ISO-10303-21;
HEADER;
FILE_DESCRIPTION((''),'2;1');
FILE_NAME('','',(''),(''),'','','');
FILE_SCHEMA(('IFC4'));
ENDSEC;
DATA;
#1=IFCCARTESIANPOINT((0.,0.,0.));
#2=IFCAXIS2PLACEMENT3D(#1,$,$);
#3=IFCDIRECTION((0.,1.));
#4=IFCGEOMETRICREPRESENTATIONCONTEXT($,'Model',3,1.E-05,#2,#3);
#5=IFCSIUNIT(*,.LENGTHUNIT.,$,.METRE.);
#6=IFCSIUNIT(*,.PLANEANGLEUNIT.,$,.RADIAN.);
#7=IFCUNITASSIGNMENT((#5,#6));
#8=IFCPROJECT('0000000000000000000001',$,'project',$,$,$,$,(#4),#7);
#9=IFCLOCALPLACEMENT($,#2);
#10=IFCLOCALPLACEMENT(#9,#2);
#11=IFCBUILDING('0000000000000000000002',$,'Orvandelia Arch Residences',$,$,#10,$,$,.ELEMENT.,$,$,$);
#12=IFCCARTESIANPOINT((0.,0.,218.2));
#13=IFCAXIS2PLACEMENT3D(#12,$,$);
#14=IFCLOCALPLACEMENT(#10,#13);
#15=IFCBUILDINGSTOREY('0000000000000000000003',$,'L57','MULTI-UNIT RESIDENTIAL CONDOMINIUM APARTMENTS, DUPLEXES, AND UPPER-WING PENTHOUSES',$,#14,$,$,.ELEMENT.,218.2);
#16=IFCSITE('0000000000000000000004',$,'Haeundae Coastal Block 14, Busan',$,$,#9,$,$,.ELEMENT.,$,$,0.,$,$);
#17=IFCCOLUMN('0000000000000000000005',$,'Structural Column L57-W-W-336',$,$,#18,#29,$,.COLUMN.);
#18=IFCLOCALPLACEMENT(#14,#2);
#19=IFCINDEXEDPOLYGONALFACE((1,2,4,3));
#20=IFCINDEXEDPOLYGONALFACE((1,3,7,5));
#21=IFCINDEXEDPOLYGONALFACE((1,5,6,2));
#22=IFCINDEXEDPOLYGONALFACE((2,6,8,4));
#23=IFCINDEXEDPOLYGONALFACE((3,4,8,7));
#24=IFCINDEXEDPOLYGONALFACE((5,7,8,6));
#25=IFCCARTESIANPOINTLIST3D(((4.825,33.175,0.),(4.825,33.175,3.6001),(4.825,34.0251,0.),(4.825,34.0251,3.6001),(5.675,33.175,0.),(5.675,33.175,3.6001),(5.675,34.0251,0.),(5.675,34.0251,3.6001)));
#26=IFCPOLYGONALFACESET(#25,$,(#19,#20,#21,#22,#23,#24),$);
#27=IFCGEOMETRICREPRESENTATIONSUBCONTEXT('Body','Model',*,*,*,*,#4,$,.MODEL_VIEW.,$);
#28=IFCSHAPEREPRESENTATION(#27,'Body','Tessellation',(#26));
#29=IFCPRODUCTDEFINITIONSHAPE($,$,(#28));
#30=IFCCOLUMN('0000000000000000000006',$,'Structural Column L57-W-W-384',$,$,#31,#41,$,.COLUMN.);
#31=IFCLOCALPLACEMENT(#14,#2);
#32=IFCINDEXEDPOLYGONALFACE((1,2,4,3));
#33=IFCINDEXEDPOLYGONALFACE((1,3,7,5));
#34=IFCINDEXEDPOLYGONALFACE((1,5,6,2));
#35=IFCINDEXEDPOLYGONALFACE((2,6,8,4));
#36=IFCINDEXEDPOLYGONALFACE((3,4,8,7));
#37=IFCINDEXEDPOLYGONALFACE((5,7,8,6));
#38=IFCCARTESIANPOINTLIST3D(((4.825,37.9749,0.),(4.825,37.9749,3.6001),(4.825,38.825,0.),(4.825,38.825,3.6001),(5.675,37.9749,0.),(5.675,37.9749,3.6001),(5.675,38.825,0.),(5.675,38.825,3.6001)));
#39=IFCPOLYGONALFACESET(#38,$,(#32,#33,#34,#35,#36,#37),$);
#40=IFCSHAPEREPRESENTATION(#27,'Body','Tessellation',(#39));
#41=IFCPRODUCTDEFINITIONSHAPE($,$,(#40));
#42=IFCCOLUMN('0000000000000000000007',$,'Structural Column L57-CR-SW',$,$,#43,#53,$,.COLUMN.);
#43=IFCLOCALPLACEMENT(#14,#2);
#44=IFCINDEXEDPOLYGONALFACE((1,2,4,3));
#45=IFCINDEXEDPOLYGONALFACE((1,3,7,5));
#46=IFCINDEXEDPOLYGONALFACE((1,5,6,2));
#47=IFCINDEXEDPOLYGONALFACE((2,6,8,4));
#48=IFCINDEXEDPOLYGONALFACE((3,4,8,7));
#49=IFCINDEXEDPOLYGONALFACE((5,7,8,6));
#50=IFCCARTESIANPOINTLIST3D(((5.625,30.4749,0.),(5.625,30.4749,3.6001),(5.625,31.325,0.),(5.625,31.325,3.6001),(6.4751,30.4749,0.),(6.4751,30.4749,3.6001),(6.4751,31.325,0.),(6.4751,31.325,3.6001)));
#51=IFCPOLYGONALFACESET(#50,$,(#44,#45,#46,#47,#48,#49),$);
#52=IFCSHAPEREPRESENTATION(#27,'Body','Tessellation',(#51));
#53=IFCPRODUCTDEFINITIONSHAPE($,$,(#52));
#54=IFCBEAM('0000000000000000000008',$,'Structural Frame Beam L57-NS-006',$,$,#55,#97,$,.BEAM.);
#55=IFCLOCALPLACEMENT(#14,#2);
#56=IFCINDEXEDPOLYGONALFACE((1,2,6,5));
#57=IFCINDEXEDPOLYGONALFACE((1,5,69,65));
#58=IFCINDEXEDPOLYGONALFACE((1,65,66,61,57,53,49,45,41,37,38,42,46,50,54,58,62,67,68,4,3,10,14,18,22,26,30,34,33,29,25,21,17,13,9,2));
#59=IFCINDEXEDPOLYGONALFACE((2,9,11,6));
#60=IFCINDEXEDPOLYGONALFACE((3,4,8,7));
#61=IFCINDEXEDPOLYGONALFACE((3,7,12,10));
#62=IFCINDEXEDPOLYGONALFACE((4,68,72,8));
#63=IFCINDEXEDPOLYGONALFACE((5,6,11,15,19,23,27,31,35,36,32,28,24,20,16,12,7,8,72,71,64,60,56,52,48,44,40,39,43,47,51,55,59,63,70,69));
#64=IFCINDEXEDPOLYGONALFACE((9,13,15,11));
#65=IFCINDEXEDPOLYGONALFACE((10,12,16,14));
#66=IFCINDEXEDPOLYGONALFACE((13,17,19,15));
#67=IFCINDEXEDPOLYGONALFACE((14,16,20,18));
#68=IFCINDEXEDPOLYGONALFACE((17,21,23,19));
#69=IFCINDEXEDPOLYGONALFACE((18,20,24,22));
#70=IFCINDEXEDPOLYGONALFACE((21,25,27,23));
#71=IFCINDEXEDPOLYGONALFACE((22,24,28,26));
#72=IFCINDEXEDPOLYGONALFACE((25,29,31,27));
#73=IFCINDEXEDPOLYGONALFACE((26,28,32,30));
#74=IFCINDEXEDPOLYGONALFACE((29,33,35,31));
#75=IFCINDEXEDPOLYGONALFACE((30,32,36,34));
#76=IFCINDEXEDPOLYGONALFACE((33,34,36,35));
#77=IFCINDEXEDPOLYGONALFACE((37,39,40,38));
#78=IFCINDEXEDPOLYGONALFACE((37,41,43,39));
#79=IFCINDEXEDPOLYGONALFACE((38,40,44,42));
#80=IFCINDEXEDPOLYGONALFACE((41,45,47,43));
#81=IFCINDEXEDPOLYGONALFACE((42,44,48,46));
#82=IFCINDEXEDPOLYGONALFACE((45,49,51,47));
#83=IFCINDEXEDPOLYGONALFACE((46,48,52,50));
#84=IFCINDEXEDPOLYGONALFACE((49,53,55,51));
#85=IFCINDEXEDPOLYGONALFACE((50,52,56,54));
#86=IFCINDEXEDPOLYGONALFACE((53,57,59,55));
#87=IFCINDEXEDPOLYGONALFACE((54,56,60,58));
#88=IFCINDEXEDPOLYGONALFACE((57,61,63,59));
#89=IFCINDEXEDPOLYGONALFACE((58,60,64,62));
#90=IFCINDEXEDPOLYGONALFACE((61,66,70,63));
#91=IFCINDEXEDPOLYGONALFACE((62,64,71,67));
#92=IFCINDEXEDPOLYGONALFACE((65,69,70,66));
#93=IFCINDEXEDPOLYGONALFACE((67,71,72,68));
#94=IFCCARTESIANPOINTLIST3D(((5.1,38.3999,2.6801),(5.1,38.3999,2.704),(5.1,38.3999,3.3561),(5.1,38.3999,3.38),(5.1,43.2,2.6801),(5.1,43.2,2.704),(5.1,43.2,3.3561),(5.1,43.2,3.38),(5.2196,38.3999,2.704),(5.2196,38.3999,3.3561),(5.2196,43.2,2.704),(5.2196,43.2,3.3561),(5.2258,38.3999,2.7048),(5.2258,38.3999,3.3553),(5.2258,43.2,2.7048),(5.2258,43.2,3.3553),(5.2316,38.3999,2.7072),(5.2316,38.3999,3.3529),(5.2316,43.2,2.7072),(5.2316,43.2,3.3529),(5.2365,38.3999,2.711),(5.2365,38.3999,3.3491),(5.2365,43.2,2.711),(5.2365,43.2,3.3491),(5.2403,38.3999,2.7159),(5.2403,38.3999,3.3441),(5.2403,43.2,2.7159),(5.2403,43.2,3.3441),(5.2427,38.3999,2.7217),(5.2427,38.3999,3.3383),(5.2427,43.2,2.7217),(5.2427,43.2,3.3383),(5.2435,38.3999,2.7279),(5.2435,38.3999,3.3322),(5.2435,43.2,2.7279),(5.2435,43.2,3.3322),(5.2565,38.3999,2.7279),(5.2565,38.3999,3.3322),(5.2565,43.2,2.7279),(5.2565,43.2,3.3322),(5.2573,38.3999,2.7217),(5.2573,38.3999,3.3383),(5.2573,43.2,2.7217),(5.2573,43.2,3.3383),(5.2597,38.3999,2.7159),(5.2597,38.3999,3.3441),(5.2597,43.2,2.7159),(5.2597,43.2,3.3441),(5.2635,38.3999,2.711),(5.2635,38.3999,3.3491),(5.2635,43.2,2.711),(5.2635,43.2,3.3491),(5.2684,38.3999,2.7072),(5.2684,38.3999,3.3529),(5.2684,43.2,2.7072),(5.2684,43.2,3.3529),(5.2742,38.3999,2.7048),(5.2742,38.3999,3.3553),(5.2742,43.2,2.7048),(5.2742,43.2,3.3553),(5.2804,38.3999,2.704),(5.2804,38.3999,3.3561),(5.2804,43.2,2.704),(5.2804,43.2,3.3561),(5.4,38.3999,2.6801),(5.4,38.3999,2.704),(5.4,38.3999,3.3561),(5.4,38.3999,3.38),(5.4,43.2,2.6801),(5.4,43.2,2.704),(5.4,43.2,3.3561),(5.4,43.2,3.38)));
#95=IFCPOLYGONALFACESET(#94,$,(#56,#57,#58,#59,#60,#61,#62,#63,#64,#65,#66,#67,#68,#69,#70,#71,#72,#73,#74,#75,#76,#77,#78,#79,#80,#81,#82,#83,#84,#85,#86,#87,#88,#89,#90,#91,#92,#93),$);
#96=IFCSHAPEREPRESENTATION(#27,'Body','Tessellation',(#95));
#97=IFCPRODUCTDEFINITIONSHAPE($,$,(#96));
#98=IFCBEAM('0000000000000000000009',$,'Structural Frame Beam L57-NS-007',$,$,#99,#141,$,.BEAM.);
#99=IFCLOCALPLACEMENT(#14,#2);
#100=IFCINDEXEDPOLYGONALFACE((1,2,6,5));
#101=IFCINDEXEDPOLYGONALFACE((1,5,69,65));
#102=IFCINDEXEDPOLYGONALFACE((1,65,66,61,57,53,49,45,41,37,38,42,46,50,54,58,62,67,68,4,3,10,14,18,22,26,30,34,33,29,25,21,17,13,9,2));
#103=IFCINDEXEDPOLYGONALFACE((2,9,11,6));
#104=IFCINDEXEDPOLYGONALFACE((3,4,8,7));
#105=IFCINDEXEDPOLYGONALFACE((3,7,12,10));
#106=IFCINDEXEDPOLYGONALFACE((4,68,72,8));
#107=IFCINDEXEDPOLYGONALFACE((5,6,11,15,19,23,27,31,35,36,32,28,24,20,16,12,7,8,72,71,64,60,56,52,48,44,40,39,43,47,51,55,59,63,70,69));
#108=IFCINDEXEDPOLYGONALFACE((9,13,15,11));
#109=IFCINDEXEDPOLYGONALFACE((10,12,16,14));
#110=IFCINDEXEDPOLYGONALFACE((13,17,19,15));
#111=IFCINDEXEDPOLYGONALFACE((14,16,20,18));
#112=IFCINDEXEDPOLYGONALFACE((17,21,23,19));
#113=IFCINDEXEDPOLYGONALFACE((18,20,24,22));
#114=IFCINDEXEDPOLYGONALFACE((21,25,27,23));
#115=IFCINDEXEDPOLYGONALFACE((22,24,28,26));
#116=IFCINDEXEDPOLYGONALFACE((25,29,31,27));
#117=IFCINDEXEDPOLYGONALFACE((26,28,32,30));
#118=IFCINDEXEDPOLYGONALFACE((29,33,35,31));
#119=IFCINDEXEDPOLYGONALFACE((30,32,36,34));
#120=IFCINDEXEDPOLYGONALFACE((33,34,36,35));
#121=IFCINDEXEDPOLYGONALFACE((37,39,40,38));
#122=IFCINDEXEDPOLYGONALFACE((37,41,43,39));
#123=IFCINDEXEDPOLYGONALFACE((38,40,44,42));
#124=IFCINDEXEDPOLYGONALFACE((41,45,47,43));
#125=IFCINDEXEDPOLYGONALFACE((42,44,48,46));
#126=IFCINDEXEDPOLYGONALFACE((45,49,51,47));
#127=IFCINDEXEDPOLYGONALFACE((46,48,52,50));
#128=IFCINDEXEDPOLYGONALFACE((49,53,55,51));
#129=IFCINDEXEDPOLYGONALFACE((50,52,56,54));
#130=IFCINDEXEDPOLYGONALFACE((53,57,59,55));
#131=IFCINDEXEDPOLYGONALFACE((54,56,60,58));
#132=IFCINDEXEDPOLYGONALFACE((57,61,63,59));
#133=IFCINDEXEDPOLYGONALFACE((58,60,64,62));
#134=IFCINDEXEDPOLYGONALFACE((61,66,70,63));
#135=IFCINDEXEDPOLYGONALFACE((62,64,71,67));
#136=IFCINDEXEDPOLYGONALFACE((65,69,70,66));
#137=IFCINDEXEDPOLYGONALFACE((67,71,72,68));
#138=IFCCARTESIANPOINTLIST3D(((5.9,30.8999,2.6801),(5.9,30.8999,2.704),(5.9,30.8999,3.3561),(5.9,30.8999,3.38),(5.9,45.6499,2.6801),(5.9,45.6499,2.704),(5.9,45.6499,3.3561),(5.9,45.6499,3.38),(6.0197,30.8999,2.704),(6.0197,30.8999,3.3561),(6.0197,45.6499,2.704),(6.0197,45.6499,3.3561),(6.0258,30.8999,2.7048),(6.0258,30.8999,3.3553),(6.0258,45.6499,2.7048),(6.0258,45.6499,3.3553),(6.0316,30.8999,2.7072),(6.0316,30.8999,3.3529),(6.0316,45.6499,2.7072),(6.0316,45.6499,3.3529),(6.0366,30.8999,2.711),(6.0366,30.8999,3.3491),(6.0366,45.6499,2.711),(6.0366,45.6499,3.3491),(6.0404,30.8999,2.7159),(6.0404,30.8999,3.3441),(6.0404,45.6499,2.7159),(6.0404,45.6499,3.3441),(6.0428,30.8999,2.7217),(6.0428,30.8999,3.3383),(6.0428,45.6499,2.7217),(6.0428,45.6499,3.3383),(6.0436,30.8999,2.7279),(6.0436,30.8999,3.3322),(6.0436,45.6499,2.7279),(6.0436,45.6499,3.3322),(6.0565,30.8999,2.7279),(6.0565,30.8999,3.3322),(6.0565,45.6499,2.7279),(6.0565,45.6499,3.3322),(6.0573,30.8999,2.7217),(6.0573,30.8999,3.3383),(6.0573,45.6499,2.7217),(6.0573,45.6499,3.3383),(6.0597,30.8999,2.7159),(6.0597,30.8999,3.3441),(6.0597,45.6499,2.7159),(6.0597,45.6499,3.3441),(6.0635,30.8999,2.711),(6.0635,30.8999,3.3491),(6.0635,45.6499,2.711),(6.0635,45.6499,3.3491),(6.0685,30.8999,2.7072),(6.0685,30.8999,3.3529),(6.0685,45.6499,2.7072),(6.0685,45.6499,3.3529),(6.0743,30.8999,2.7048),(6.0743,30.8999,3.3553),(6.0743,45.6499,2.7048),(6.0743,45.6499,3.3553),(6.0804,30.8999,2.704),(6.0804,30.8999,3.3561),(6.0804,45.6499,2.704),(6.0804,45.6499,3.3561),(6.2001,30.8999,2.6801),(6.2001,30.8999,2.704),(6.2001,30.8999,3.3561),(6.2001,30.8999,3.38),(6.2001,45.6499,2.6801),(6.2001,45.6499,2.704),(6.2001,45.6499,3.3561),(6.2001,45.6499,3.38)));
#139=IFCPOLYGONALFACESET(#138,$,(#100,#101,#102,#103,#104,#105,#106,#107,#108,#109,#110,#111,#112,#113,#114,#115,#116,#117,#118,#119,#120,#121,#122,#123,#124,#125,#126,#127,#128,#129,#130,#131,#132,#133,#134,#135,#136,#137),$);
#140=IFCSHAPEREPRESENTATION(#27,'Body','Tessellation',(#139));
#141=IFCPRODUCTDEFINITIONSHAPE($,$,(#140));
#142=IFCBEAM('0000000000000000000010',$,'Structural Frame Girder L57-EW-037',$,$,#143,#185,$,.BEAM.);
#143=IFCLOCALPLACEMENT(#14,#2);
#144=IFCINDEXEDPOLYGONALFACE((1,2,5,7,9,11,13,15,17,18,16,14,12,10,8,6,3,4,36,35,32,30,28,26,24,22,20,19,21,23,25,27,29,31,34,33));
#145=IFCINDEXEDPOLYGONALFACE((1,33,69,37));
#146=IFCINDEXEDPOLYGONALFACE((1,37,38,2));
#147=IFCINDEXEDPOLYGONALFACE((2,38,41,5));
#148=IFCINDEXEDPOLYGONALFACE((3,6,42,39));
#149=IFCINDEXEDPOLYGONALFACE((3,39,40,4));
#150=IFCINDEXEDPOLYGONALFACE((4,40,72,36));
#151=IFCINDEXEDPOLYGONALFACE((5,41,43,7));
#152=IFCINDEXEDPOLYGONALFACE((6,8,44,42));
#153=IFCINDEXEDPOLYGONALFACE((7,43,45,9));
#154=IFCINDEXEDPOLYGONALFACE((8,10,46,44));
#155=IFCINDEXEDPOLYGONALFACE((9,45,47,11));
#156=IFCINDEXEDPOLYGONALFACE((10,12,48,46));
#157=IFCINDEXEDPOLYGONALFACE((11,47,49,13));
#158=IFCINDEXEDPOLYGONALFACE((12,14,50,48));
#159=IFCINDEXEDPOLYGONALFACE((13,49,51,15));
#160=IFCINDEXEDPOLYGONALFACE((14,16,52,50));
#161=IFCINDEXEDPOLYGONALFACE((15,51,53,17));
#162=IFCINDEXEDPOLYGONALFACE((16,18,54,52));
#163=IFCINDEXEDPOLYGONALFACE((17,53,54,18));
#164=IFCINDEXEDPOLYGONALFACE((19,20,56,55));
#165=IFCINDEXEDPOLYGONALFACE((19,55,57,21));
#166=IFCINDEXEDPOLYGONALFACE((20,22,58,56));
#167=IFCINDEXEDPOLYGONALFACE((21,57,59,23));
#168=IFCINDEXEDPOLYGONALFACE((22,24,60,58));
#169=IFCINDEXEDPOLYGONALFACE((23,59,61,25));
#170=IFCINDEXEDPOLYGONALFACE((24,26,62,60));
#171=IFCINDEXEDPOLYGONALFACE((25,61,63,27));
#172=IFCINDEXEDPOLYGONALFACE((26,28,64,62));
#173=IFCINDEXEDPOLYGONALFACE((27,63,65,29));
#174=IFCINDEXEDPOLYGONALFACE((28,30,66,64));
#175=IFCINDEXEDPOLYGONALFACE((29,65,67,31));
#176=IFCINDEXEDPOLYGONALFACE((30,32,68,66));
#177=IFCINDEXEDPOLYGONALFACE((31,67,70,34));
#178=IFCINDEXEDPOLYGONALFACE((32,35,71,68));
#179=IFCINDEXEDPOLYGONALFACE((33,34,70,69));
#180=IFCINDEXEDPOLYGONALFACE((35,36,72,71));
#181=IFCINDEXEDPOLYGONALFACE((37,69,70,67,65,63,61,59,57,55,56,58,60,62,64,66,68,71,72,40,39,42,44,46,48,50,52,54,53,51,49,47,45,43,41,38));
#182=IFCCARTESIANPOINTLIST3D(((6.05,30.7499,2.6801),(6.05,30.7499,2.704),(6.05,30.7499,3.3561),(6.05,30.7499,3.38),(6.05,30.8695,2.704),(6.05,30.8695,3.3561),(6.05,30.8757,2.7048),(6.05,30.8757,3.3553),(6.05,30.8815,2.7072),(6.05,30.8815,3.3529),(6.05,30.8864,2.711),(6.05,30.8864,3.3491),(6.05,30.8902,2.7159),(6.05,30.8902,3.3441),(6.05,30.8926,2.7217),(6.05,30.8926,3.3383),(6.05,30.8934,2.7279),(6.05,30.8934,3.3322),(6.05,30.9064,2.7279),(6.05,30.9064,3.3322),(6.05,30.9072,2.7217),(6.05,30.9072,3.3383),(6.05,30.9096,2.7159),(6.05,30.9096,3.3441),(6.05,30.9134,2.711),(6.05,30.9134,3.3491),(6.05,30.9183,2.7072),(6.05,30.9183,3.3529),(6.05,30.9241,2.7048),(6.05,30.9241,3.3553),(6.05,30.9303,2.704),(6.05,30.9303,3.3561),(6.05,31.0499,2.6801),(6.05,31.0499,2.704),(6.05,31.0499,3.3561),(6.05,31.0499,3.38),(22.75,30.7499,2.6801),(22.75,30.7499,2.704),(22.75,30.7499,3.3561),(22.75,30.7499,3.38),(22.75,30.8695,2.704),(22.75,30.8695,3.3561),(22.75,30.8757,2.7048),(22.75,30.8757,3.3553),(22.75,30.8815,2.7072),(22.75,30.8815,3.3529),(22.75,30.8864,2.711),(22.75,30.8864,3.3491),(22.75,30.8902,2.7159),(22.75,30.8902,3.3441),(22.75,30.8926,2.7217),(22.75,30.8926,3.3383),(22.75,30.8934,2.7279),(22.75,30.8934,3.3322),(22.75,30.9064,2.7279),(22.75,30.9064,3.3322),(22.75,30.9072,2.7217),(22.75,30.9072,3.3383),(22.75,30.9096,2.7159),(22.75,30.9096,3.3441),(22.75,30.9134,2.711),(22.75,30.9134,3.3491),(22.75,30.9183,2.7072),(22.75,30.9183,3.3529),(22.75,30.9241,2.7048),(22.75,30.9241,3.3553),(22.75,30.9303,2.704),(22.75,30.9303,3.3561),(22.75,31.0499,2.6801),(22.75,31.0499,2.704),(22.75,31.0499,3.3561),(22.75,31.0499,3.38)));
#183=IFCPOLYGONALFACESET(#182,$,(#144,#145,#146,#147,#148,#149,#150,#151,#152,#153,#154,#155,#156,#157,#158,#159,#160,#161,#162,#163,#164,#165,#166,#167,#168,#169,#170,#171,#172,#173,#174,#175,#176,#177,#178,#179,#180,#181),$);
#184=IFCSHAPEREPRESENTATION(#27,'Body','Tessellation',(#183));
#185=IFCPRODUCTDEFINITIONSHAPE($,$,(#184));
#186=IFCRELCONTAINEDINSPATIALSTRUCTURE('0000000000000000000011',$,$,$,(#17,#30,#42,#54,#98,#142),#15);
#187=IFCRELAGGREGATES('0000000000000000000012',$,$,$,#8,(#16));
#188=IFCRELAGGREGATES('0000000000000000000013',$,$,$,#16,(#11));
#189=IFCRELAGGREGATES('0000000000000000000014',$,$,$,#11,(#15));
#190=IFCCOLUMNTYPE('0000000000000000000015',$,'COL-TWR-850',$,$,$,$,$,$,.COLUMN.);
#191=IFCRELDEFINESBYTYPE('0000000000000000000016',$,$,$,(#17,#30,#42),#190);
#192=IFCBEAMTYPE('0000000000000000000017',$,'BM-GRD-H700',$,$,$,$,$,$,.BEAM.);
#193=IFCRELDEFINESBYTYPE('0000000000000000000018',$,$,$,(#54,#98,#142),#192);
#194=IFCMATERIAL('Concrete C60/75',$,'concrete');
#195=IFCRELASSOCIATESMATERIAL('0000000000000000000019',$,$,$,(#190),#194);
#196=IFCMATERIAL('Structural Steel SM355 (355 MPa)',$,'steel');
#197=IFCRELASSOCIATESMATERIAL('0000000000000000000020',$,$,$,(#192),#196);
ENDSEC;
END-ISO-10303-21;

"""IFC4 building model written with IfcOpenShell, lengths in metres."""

from ifc_helpers import new_model, si_unit, direction, frame, origin, origin_2d, place, context, subcontext, project, spatial, rectangle, i_section, extrude, material, material_profile, profile_set, type_object, element, save


model = new_model("IFC4")

# Units and contexts
model_context = context("Model", 3, precision=1e-05, world=origin(), true_north=direction((0.0, 1.0)))
body_context = subcontext(model_context, "Body", "Model", "MODEL_VIEW")
ifc_project = project(units=[si_unit("LENGTHUNIT", "METRE"), si_unit("PLANEANGLEUNIT", "RADIAN")], contexts=[model_context])

# Site, building, storey
site_placement = place(None, origin())
site = spatial("IfcSite", under=ifc_project, at=site_placement, Name="Haeundae Coastal Block 14, Busan", CompositionType="ELEMENT", RefElevation=0.0)
building_placement = place(site_placement, origin())
building = spatial("IfcBuilding", under=site, at=building_placement, Name="Orvandelia Arch Residences", CompositionType="ELEMENT")
storey_placement = place(building_placement, frame((0.0, 0.0, 218.2)))
storey = spatial("IfcBuildingStorey", under=building, at=storey_placement, Name="L57", Description="MULTI-UNIT RESIDENTIAL CONDOMINIUM APARTMENTS, DUPLEXES, AND UPPER-WING PENTHOUSES", CompositionType="ELEMENT", Elevation=218.2)

# Columns
ifc_material_1 = material(Name="Concrete C60/75", Category="concrete")
ifc_material_profile_1 = material_profile(ifc_material_1, rectangle(XDim=0.8501, YDim=0.8501, at=origin_2d()), Name="Concrete C60/75", Category="concrete")
ifc_profile_set_1 = profile_set([ifc_material_profile_1], Name="Concrete C60/75")
column_type = type_object("IfcColumnType", Name="COL-TWR-850", PredefinedType="COLUMN", material=ifc_profile_set_1)
for number, where, z_axis, x_axis, name in (
    (1, (5.25, 33.6001, 0.0), (0.0, 0.0, 1.0), (1.0, 0.0, 0.0), "Structural Column L57-W-W-336"),
    (2, (5.25, 38.3999, 0.0), (0.0, 0.0, 1.0), (1.0, 0.0, 0.0), "Structural Column L57-W-W-384"),
    (3, (6.05, 30.8999, 0.0), (0.0, 0.0, 1.0), (1.0, 0.0, 0.0), "Structural Column L57-CR-SW"),
):
    element("IfcColumn", number, at=place(storey_placement, frame(where, z_axis=z_axis, x_axis=x_axis)), inside=storey, type_object=column_type, Name=name, PredefinedType="COLUMN", context=body_context, shape_type="SweptSolid", body=[
        extrude(rectangle(XDim=0.8501, YDim=0.8501, at=origin_2d()), origin(), (0.0, 0.0, 1.0), 3.6001),
    ])

# Beams
ifc_material_2 = material(Name="Structural Steel SM355 (355 MPa)", Category="steel")
ifc_material_profile_2 = material_profile(ifc_material_2, i_section(OverallWidth=0.3, OverallDepth=0.7, WebThickness=0.0129, FlangeThickness=0.0239, FilletRadius=0.0239, at=origin_2d()), Name="Structural Steel SM355 (355 MPa)", Category="steel")
ifc_profile_set_2 = profile_set([ifc_material_profile_2], Name="Structural Steel SM355 (355 MPa)")
beam_type_1 = type_object("IfcBeamType", Name="BM-GRD-H700", PredefinedType="BEAM", material=ifc_profile_set_2)
beam_1_placement = place(storey_placement, frame((5.25, 38.3999, 3.03), z_axis=(0.0, 1.0, 0.0), x_axis=(-1.0, 0.0, 0.0)))
element("IfcBeam", 4, at=beam_1_placement, inside=storey, type_object=beam_type_1, Name="Structural Frame Beam L57-NS-006", PredefinedType="BEAM", context=body_context, shape_type="SweptSolid", body=[
    extrude(i_section(OverallWidth=0.3, OverallDepth=0.7, WebThickness=0.0129, FlangeThickness=0.0239, FilletRadius=0.0239, at=origin_2d()), origin(), (0.0, 0.0, 1.0), 4.8),
])
beam_2_placement = place(storey_placement, frame((6.05, 30.8999, 3.03), z_axis=(0.0, 1.0, 0.0), x_axis=(-1.0, 0.0, 0.0)))
element("IfcBeam", 5, at=beam_2_placement, inside=storey, type_object=beam_type_1, Name="Structural Frame Beam L57-NS-007", PredefinedType="BEAM", context=body_context, shape_type="SweptSolid", body=[
    extrude(i_section(OverallWidth=0.3, OverallDepth=0.7, WebThickness=0.0129, FlangeThickness=0.0239, FilletRadius=0.0239, at=origin_2d()), origin(), (0.0, 0.0, 1.0), 14.75),
])
beam_3_placement = place(storey_placement, frame((6.05, 30.8999, 3.03), z_axis=(1.0, 0.0, 0.0), x_axis=(0.0, 1.0, 0.0)))
element("IfcBeam", 6, at=beam_3_placement, inside=storey, type_object=beam_type_1, Name="Structural Frame Girder L57-EW-037", PredefinedType="BEAM", context=body_context, shape_type="SweptSolid", body=[
    extrude(i_section(OverallWidth=0.3, OverallDepth=0.7, WebThickness=0.0129, FlangeThickness=0.0239, FilletRadius=0.0239, at=origin_2d()), origin(), (0.0, 0.0, 1.0), 16.7),
])

save(model, "model.ifc")
